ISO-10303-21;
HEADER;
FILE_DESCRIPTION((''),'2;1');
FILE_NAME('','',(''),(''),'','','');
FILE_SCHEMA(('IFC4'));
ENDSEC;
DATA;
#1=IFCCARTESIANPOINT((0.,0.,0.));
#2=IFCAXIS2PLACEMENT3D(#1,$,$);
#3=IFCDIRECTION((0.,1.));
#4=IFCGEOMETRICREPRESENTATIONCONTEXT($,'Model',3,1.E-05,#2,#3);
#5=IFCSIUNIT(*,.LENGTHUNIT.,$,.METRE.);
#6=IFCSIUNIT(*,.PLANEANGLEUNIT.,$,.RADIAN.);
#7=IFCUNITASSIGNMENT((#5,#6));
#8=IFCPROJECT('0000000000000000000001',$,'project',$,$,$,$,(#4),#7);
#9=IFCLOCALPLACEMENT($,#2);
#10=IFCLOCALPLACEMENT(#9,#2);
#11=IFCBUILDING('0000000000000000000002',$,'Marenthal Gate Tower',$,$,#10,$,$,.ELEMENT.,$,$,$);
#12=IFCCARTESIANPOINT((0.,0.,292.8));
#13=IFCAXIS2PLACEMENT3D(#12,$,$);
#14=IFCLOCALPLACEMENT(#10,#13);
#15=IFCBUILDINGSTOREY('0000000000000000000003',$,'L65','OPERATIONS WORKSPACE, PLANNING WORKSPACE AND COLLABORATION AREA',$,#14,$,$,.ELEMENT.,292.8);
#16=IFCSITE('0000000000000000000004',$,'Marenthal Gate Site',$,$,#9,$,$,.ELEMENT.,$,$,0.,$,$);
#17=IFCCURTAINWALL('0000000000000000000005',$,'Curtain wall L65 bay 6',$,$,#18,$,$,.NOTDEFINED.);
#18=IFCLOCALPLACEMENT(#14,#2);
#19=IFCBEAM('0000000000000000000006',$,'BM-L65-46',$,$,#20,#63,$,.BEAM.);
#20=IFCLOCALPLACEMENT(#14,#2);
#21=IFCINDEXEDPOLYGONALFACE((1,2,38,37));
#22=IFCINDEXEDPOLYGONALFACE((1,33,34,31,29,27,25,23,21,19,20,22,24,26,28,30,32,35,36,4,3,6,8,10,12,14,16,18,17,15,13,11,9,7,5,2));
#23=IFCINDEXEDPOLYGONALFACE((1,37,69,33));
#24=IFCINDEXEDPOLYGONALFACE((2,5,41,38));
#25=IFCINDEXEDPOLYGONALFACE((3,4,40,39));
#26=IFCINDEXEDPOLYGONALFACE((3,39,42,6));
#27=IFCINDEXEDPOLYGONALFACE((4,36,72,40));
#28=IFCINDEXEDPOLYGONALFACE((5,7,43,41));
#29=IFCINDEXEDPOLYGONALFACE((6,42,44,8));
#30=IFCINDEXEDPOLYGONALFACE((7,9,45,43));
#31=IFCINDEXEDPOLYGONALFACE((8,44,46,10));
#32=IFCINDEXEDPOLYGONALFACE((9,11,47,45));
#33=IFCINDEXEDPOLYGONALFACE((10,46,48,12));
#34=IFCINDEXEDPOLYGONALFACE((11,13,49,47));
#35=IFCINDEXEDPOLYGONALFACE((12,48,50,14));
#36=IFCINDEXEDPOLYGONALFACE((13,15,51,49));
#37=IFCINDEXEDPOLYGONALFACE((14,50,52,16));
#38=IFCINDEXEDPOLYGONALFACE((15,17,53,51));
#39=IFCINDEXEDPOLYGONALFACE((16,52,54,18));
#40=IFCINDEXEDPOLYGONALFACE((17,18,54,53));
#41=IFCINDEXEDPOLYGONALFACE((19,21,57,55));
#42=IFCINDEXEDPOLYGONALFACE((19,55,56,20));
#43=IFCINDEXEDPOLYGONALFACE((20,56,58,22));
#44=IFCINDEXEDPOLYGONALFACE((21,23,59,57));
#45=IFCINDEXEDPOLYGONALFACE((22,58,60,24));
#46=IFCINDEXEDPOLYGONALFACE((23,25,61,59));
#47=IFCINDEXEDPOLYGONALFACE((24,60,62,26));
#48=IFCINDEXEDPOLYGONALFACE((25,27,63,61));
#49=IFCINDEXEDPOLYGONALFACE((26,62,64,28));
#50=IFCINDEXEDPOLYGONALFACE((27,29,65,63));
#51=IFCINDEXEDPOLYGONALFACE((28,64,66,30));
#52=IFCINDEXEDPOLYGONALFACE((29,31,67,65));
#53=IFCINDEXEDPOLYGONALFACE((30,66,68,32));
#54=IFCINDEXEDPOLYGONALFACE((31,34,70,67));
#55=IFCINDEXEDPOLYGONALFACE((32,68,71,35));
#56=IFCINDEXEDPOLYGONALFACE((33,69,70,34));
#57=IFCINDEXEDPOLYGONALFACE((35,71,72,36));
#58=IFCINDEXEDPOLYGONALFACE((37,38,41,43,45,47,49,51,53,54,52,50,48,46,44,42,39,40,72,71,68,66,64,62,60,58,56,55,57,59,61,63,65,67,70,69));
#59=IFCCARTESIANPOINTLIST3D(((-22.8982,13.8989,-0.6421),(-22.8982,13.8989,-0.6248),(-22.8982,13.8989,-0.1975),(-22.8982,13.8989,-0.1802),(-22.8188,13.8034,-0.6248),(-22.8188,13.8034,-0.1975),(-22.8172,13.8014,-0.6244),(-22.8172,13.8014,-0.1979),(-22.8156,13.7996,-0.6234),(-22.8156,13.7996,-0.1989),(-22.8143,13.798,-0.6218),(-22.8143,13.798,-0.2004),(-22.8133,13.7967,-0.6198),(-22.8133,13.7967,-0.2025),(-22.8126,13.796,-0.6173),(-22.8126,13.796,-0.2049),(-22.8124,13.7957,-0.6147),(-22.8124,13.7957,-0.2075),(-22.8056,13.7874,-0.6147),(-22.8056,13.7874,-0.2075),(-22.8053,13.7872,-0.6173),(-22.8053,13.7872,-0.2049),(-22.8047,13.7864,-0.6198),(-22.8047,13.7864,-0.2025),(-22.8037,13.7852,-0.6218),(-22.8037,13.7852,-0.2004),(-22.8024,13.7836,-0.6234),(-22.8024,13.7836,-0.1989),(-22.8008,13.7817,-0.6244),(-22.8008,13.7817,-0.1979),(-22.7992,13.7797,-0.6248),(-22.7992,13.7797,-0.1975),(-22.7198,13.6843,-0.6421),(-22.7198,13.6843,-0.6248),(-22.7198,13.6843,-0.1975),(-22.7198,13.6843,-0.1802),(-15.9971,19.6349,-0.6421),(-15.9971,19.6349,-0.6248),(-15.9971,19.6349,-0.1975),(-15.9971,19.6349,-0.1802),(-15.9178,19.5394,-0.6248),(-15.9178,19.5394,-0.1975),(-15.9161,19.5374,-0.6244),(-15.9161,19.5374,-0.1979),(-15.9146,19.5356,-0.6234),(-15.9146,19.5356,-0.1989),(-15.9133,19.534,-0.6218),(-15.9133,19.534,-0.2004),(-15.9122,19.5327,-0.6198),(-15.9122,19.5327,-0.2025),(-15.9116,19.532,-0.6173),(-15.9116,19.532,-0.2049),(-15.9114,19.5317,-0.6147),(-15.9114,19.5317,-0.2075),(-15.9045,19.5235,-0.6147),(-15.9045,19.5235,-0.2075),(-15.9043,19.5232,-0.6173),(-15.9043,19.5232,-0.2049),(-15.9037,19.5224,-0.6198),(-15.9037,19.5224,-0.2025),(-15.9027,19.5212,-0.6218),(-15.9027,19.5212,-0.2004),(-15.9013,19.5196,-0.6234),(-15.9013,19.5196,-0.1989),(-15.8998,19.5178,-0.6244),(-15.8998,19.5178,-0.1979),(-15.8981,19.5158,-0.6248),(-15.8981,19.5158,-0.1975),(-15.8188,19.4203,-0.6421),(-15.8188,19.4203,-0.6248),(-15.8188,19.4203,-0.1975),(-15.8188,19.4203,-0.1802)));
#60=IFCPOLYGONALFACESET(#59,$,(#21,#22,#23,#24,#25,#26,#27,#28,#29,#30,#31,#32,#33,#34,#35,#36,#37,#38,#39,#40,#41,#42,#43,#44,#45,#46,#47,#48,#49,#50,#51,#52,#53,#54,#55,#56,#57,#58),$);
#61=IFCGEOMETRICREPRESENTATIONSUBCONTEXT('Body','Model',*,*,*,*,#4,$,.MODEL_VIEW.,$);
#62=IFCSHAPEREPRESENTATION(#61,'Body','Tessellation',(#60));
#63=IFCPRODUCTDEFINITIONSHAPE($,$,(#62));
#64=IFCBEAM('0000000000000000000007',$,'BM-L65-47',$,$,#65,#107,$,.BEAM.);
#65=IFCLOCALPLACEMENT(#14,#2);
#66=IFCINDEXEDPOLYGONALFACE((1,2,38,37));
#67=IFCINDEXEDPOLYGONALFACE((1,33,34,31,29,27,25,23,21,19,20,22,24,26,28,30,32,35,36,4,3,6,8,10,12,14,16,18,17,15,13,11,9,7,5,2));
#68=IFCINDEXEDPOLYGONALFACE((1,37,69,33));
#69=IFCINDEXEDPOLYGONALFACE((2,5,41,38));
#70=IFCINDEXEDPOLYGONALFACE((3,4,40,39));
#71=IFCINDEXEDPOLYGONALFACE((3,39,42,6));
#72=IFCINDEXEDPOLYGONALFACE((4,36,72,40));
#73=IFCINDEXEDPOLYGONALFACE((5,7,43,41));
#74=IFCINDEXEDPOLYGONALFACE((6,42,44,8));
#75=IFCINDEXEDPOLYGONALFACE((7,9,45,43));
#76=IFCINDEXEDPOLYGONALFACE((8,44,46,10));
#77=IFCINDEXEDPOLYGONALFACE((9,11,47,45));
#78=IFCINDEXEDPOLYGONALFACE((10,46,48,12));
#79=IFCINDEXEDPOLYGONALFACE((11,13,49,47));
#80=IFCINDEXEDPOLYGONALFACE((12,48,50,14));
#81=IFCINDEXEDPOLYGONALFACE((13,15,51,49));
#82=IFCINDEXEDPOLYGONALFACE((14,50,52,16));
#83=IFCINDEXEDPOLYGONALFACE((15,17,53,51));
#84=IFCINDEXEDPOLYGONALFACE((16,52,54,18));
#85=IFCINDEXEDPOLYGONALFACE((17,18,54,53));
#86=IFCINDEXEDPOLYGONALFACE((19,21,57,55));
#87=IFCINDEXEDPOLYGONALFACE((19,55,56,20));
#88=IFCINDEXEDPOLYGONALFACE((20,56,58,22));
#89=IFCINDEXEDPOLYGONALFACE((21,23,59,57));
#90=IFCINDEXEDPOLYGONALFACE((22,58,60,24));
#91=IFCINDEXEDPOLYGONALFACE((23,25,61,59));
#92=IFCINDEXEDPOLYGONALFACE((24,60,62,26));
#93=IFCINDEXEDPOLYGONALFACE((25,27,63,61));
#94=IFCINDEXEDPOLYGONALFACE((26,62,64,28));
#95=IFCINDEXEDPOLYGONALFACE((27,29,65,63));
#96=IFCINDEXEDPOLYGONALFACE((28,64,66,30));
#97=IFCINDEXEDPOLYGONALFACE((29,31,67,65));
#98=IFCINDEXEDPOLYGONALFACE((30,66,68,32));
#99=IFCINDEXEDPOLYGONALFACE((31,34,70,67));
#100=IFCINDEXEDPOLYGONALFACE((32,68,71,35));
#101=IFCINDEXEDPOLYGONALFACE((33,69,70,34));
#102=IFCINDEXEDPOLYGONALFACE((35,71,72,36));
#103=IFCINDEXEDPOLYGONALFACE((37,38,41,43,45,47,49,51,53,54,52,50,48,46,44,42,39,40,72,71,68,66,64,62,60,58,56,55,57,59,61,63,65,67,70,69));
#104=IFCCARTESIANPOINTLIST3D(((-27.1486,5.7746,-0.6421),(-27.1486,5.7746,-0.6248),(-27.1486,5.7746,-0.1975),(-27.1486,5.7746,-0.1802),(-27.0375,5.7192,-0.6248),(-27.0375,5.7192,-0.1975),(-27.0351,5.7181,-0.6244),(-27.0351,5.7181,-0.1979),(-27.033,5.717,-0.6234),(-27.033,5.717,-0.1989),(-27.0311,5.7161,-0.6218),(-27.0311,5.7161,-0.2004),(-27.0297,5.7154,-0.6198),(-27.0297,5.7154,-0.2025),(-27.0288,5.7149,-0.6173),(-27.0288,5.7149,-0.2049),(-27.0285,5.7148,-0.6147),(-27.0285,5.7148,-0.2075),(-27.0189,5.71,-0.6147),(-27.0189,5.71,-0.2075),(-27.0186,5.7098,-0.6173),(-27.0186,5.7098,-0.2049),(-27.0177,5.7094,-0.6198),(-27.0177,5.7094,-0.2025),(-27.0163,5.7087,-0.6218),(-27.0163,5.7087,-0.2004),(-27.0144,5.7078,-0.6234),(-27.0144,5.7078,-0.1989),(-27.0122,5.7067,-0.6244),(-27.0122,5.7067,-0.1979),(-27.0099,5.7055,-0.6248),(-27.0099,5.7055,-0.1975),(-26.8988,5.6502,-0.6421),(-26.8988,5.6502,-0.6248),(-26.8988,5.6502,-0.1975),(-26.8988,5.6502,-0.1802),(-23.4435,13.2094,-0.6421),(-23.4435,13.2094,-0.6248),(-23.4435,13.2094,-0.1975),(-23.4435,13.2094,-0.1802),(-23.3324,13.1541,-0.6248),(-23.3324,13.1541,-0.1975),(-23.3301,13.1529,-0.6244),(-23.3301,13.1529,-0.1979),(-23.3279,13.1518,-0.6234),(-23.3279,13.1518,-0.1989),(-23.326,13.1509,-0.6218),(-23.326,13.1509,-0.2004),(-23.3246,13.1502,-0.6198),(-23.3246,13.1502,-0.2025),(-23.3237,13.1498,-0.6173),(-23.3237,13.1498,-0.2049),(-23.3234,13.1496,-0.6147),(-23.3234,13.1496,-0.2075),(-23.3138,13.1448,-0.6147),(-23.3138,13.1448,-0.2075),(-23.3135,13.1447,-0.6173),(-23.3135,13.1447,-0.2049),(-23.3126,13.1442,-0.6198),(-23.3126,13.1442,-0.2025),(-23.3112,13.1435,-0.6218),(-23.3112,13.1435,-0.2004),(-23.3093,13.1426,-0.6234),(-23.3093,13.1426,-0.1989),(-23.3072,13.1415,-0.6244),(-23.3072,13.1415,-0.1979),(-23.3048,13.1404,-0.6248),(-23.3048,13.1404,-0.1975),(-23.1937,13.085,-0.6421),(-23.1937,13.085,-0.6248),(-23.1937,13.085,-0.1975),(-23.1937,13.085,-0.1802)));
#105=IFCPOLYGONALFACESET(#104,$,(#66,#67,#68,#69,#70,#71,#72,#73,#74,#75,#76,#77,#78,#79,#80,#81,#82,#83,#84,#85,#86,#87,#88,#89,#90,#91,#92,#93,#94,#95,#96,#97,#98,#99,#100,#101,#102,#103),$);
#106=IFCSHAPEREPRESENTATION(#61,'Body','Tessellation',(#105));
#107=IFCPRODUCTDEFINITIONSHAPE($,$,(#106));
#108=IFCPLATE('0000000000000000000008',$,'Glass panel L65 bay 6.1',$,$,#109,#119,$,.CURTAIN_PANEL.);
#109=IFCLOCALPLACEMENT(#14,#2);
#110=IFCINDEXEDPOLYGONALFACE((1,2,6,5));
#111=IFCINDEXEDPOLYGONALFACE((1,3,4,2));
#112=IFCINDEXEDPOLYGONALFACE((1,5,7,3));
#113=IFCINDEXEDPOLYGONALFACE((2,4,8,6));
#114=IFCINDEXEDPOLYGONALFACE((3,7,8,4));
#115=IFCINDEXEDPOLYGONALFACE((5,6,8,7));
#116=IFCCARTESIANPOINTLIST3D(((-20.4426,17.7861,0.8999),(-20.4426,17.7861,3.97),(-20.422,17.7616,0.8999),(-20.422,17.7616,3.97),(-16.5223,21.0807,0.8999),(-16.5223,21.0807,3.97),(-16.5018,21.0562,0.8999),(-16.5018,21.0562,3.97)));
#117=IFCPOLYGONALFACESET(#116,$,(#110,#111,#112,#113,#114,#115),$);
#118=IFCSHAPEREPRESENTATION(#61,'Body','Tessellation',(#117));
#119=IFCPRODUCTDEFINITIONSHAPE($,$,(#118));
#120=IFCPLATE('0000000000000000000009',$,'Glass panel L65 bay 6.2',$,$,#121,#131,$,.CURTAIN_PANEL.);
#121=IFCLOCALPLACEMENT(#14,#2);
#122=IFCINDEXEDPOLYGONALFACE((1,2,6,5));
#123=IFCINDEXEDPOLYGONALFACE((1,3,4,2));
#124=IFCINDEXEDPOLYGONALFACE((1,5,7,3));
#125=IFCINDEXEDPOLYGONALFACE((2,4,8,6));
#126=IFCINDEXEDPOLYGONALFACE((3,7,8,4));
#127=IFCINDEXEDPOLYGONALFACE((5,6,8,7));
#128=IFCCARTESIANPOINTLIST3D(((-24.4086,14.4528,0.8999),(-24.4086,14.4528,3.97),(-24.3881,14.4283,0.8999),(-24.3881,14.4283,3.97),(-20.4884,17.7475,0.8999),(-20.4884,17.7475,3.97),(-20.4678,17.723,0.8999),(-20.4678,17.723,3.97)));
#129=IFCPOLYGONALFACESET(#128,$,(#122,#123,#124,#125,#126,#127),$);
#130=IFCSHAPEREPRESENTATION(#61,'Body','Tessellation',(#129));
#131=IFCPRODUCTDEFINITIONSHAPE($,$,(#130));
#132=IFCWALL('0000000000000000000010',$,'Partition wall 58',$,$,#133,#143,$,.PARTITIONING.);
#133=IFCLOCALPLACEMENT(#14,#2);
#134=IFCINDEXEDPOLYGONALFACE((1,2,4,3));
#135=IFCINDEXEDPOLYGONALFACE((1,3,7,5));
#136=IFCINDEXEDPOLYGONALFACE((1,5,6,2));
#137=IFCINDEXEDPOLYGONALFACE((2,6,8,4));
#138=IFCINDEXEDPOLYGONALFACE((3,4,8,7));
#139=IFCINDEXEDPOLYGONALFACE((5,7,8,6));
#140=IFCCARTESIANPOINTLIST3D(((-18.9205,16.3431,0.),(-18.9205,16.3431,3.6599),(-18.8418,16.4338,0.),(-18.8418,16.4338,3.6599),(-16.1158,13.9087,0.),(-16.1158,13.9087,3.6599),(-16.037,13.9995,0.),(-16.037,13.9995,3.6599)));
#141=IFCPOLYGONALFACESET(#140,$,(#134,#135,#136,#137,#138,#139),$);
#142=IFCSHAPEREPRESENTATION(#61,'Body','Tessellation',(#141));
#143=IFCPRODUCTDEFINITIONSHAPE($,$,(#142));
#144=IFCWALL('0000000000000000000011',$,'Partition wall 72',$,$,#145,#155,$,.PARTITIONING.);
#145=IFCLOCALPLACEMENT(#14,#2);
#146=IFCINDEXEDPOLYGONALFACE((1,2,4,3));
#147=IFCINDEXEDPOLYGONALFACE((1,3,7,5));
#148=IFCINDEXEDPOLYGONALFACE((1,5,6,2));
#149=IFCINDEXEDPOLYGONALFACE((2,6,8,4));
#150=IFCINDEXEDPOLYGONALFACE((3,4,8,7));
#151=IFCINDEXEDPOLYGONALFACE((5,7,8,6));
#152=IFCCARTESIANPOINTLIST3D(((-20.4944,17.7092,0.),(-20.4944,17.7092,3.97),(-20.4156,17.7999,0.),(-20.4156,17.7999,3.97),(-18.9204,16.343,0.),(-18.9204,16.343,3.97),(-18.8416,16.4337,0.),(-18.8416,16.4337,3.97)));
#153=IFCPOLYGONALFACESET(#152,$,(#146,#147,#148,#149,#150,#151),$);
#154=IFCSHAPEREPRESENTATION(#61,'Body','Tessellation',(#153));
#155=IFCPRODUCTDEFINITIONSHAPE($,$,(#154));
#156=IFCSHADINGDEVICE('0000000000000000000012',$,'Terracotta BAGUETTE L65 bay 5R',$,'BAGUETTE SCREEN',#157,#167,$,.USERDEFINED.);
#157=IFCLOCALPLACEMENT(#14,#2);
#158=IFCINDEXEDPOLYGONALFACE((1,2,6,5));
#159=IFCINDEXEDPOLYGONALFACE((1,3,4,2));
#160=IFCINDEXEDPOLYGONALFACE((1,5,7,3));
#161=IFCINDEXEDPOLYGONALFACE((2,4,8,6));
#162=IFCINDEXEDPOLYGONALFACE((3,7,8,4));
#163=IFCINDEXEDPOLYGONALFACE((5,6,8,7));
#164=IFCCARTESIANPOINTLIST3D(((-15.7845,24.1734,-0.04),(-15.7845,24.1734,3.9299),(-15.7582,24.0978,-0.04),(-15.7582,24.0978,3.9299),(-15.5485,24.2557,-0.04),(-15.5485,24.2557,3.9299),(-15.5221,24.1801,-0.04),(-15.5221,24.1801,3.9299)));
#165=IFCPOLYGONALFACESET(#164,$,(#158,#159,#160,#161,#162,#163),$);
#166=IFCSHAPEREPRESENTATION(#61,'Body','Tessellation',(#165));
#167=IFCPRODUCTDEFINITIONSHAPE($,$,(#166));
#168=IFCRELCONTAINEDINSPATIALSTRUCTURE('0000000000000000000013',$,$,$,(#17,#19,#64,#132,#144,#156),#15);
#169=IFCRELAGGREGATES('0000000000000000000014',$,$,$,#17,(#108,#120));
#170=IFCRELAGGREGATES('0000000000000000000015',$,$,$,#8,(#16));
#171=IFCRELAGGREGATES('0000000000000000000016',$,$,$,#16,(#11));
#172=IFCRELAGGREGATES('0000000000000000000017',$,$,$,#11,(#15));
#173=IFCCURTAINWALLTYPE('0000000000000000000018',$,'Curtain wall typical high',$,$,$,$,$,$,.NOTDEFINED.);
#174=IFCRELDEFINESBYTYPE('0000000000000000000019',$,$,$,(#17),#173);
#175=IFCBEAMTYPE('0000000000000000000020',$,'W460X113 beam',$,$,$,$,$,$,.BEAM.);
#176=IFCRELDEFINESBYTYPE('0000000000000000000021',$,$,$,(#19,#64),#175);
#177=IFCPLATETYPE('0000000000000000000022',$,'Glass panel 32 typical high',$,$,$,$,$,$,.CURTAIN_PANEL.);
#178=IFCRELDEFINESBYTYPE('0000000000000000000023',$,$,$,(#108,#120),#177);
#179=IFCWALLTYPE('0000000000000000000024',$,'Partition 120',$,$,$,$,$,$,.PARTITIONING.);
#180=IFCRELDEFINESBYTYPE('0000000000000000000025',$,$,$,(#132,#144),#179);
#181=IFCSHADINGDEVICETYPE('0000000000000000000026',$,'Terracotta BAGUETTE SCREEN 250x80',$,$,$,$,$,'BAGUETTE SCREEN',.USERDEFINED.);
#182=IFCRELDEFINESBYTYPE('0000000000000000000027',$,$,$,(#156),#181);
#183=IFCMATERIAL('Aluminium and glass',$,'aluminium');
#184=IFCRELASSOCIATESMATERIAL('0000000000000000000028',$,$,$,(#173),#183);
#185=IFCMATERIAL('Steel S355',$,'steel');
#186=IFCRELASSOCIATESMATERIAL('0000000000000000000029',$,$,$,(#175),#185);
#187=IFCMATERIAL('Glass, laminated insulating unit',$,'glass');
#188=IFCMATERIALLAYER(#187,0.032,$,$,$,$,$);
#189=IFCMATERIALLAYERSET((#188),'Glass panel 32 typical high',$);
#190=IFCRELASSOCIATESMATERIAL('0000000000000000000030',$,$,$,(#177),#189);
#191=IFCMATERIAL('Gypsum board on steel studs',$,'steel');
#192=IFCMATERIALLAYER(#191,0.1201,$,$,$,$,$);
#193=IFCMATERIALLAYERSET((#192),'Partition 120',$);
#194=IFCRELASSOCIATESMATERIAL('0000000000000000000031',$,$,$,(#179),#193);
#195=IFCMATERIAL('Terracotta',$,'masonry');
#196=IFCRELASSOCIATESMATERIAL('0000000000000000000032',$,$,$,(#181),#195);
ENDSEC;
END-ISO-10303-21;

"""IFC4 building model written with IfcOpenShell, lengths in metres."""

from ifc_helpers import new_model, si_unit, direction, frame, frame_2d, origin, origin_2d, place, context, subcontext, project, spatial, rectangle, i_section, extrude, material, layer, layer_set, material_profile, profile_set, type_object, element, aggregate, save


model = new_model("IFC4")

# Units and contexts
model_context = context("Model", 3, precision=1e-05, world=origin(), true_north=direction((0.0, 1.0)))
body_context = subcontext(model_context, "Body", "Model", "MODEL_VIEW")
ifc_project = project(units=[si_unit("LENGTHUNIT", "METRE"), si_unit("PLANEANGLEUNIT", "RADIAN")], contexts=[model_context])

# Site, building, storey
site_placement = place(None, origin())
site = spatial("IfcSite", under=ifc_project, at=site_placement, Name="Marenthal Gate Site", CompositionType="ELEMENT", RefElevation=0.0)
building_placement = place(site_placement, origin())
building = spatial("IfcBuilding", under=site, at=building_placement, Name="Marenthal Gate Tower", CompositionType="ELEMENT")
storey_placement = place(building_placement, frame((0.0, 0.0, 292.8)))
storey = spatial("IfcBuildingStorey", under=building, at=storey_placement, Name="L65", Description="OPERATIONS WORKSPACE, PLANNING WORKSPACE AND COLLABORATION AREA", CompositionType="ELEMENT", Elevation=292.8)

# Curtain wall
ifc_material_1 = material(Name="Aluminium and glass", Category="aluminium")
curtain_wall_type = type_object("IfcCurtainWallType", Name="Curtain wall typical high", PredefinedType="NOTDEFINED", material=ifc_material_1)
curtain_wall_placement = place(storey_placement, origin())
curtain_wall = element("IfcCurtainWall", 1, at=curtain_wall_placement, inside=storey, type_object=curtain_wall_type, Name="Curtain wall L65 bay 6", PredefinedType="NOTDEFINED")

# Beams
ifc_material_2 = material(Name="Steel S355", Category="steel")
ifc_material_profile_1 = material_profile(ifc_material_2, i_section(OverallWidth=0.2791, OverallDepth=0.4619, WebThickness=0.0107, FlangeThickness=0.0173, FilletRadius=0.01, at=origin_2d()), Name="W460X113")
ifc_profile_set_1 = profile_set([ifc_material_profile_1], Name="Steel S355")
beam_type_1 = type_object("IfcBeamType", Name="W460X113 beam", PredefinedType="BEAM", material=ifc_profile_set_1)
beam_1_placement = place(storey_placement, frame((-15.908, 19.5276, -0.4111), z_axis=(-0.769035, -0.639207, 0.0), x_axis=(0.639207, -0.769035, 0.0)))
element("IfcBeam", 2, at=beam_1_placement, inside=storey, type_object=beam_type_1, Name="BM-L65-46", PredefinedType="BEAM", context=body_context, shape_type="SweptSolid", body=[
    extrude(i_section(OverallWidth=0.2791, OverallDepth=0.4619, WebThickness=0.0107, FlangeThickness=0.0173, FilletRadius=0.01, at=origin_2d()), origin(), (0.0, 0.0, 1.0), 8.9736),
])
beam_2_placement = place(storey_placement, frame((-23.3186, 13.1472, -0.4111), z_axis=(-0.446026, -0.89502, 0.0), x_axis=(0.89502, -0.446026, 0.0)))
element("IfcBeam", 3, at=beam_2_placement, inside=storey, type_object=beam_type_1, Name="BM-L65-47", PredefinedType="BEAM", context=body_context, shape_type="SweptSolid", body=[
    extrude(i_section(OverallWidth=0.2791, OverallDepth=0.4619, WebThickness=0.0107, FlangeThickness=0.0173, FilletRadius=0.01, at=origin_2d()), origin(), (0.0, 0.0, 1.0), 8.3069),
])

# Plates
ifc_material_3 = material(Name="Glass, laminated insulating unit", Category="glass")
ifc_layer_1 = layer(ifc_material_3, 0.032)
ifc_layer_set_1 = layer_set([ifc_layer_1], Name="Glass panel 32 typical high")
plate_type = type_object("IfcPlateType", Name="Glass panel 32 typical high", PredefinedType="CURTAIN_PANEL", material=ifc_layer_set_1)
plate_1_placement = place(storey_placement, frame((-18.4722, 19.4211, 0.8999), z_axis=(0.0, 0.0, 1.0), x_axis=(-0.765547, -0.64338, 0.0)))
plate_1 = element("IfcPlate", 4, at=plate_1_placement, type_object=plate_type, Name="Glass panel L65 bay 6.1", PredefinedType="CURTAIN_PANEL", context=body_context, shape_type="SweptSolid", body=[
    extrude(rectangle(XDim=5.1208, YDim=0.032, at=origin_2d()), origin(), (0.0, 0.0, 1.0), 3.0701),
])
plate_2_placement = place(storey_placement, frame((-22.4382, 16.0879, 0.8999), z_axis=(0.0, 0.0, 1.0), x_axis=(-0.765547, -0.64338, 0.0)))
plate_2 = element("IfcPlate", 5, at=plate_2_placement, type_object=plate_type, Name="Glass panel L65 bay 6.2", PredefinedType="CURTAIN_PANEL", context=body_context, shape_type="SweptSolid", body=[
    extrude(rectangle(XDim=5.1208, YDim=0.032, at=origin_2d()), origin(), (0.0, 0.0, 1.0), 3.0701),
])
aggregate(curtain_wall, [plate_1, plate_2])

# Walls
ifc_material_4 = material(Name="Gypsum board on steel studs", Category="steel")
ifc_layer_2 = layer(ifc_material_4, 0.1201)
ifc_layer_set_2 = layer_set([ifc_layer_2], Name="Partition 120")
wall_type_1 = type_object("IfcWallType", Name="Partition 120", PredefinedType="PARTITIONING", material=ifc_layer_set_2)
wall_1_placement = place(storey_placement, frame((-16.0764, 13.9541, 0.0), z_axis=(0.0, 0.0, 1.0), x_axis=(-0.75521, 0.655483, 0.0)))
element("IfcWall", 6, at=wall_1_placement, inside=storey, type_object=wall_type_1, Name="Partition wall 58", PredefinedType="PARTITIONING", context=body_context, shape_type="SweptSolid", body=[
    extrude(rectangle(XDim=3.7139, YDim=0.1201, at=frame_2d((1.8569, 0.0))), origin(), (0.0, 0.0, 1.0), 3.6599),
])
wall_2_placement = place(storey_placement, frame((-18.8811, 16.3884, 0.0), z_axis=(0.0, 0.0, 1.0), x_axis=(-0.75519, 0.655506, 0.0)))
element("IfcWall", 7, at=wall_2_placement, inside=storey, type_object=wall_type_1, Name="Partition wall 72", PredefinedType="PARTITIONING", context=body_context, shape_type="SweptSolid", body=[
    extrude(rectangle(XDim=2.0842, YDim=0.1201, at=frame_2d((1.042, 0.0))), origin(), (0.0, 0.0, 1.0), 3.97),
])

# Shading device
ifc_material_5 = material(Name="Terracotta", Category="masonry")
ifc_material_profile_2 = material_profile(ifc_material_5, rectangle(XDim=0.25, YDim=0.0801, at=origin_2d()), Name="Terracotta baguette 250x80")
ifc_profile_set_2 = profile_set([ifc_material_profile_2], Name="Terracotta")
shading_device_type = type_object("IfcShadingDeviceType", Name="Terracotta BAGUETTE SCREEN 250x80", ElementType="BAGUETTE SCREEN", PredefinedType="USERDEFINED", material=ifc_profile_set_2)
shading_device_placement = place(storey_placement, frame((-15.6533, 24.1768, -0.04), z_axis=(0.0, 0.0, 1.0), x_axis=(-0.944305, -0.329072, 0.0)))
element("IfcShadingDevice", 8, at=shading_device_placement, inside=storey, type_object=shading_device_type, Name="Terracotta BAGUETTE L65 bay 5R", ObjectType="BAGUETTE SCREEN", PredefinedType="USERDEFINED", context=body_context, shape_type="SweptSolid", body=[
    extrude(rectangle(XDim=0.25, YDim=0.0801, at=origin_2d()), origin(), (0.0, 0.0, 1.0), 3.97),
])

save(model, "model.ifc")
